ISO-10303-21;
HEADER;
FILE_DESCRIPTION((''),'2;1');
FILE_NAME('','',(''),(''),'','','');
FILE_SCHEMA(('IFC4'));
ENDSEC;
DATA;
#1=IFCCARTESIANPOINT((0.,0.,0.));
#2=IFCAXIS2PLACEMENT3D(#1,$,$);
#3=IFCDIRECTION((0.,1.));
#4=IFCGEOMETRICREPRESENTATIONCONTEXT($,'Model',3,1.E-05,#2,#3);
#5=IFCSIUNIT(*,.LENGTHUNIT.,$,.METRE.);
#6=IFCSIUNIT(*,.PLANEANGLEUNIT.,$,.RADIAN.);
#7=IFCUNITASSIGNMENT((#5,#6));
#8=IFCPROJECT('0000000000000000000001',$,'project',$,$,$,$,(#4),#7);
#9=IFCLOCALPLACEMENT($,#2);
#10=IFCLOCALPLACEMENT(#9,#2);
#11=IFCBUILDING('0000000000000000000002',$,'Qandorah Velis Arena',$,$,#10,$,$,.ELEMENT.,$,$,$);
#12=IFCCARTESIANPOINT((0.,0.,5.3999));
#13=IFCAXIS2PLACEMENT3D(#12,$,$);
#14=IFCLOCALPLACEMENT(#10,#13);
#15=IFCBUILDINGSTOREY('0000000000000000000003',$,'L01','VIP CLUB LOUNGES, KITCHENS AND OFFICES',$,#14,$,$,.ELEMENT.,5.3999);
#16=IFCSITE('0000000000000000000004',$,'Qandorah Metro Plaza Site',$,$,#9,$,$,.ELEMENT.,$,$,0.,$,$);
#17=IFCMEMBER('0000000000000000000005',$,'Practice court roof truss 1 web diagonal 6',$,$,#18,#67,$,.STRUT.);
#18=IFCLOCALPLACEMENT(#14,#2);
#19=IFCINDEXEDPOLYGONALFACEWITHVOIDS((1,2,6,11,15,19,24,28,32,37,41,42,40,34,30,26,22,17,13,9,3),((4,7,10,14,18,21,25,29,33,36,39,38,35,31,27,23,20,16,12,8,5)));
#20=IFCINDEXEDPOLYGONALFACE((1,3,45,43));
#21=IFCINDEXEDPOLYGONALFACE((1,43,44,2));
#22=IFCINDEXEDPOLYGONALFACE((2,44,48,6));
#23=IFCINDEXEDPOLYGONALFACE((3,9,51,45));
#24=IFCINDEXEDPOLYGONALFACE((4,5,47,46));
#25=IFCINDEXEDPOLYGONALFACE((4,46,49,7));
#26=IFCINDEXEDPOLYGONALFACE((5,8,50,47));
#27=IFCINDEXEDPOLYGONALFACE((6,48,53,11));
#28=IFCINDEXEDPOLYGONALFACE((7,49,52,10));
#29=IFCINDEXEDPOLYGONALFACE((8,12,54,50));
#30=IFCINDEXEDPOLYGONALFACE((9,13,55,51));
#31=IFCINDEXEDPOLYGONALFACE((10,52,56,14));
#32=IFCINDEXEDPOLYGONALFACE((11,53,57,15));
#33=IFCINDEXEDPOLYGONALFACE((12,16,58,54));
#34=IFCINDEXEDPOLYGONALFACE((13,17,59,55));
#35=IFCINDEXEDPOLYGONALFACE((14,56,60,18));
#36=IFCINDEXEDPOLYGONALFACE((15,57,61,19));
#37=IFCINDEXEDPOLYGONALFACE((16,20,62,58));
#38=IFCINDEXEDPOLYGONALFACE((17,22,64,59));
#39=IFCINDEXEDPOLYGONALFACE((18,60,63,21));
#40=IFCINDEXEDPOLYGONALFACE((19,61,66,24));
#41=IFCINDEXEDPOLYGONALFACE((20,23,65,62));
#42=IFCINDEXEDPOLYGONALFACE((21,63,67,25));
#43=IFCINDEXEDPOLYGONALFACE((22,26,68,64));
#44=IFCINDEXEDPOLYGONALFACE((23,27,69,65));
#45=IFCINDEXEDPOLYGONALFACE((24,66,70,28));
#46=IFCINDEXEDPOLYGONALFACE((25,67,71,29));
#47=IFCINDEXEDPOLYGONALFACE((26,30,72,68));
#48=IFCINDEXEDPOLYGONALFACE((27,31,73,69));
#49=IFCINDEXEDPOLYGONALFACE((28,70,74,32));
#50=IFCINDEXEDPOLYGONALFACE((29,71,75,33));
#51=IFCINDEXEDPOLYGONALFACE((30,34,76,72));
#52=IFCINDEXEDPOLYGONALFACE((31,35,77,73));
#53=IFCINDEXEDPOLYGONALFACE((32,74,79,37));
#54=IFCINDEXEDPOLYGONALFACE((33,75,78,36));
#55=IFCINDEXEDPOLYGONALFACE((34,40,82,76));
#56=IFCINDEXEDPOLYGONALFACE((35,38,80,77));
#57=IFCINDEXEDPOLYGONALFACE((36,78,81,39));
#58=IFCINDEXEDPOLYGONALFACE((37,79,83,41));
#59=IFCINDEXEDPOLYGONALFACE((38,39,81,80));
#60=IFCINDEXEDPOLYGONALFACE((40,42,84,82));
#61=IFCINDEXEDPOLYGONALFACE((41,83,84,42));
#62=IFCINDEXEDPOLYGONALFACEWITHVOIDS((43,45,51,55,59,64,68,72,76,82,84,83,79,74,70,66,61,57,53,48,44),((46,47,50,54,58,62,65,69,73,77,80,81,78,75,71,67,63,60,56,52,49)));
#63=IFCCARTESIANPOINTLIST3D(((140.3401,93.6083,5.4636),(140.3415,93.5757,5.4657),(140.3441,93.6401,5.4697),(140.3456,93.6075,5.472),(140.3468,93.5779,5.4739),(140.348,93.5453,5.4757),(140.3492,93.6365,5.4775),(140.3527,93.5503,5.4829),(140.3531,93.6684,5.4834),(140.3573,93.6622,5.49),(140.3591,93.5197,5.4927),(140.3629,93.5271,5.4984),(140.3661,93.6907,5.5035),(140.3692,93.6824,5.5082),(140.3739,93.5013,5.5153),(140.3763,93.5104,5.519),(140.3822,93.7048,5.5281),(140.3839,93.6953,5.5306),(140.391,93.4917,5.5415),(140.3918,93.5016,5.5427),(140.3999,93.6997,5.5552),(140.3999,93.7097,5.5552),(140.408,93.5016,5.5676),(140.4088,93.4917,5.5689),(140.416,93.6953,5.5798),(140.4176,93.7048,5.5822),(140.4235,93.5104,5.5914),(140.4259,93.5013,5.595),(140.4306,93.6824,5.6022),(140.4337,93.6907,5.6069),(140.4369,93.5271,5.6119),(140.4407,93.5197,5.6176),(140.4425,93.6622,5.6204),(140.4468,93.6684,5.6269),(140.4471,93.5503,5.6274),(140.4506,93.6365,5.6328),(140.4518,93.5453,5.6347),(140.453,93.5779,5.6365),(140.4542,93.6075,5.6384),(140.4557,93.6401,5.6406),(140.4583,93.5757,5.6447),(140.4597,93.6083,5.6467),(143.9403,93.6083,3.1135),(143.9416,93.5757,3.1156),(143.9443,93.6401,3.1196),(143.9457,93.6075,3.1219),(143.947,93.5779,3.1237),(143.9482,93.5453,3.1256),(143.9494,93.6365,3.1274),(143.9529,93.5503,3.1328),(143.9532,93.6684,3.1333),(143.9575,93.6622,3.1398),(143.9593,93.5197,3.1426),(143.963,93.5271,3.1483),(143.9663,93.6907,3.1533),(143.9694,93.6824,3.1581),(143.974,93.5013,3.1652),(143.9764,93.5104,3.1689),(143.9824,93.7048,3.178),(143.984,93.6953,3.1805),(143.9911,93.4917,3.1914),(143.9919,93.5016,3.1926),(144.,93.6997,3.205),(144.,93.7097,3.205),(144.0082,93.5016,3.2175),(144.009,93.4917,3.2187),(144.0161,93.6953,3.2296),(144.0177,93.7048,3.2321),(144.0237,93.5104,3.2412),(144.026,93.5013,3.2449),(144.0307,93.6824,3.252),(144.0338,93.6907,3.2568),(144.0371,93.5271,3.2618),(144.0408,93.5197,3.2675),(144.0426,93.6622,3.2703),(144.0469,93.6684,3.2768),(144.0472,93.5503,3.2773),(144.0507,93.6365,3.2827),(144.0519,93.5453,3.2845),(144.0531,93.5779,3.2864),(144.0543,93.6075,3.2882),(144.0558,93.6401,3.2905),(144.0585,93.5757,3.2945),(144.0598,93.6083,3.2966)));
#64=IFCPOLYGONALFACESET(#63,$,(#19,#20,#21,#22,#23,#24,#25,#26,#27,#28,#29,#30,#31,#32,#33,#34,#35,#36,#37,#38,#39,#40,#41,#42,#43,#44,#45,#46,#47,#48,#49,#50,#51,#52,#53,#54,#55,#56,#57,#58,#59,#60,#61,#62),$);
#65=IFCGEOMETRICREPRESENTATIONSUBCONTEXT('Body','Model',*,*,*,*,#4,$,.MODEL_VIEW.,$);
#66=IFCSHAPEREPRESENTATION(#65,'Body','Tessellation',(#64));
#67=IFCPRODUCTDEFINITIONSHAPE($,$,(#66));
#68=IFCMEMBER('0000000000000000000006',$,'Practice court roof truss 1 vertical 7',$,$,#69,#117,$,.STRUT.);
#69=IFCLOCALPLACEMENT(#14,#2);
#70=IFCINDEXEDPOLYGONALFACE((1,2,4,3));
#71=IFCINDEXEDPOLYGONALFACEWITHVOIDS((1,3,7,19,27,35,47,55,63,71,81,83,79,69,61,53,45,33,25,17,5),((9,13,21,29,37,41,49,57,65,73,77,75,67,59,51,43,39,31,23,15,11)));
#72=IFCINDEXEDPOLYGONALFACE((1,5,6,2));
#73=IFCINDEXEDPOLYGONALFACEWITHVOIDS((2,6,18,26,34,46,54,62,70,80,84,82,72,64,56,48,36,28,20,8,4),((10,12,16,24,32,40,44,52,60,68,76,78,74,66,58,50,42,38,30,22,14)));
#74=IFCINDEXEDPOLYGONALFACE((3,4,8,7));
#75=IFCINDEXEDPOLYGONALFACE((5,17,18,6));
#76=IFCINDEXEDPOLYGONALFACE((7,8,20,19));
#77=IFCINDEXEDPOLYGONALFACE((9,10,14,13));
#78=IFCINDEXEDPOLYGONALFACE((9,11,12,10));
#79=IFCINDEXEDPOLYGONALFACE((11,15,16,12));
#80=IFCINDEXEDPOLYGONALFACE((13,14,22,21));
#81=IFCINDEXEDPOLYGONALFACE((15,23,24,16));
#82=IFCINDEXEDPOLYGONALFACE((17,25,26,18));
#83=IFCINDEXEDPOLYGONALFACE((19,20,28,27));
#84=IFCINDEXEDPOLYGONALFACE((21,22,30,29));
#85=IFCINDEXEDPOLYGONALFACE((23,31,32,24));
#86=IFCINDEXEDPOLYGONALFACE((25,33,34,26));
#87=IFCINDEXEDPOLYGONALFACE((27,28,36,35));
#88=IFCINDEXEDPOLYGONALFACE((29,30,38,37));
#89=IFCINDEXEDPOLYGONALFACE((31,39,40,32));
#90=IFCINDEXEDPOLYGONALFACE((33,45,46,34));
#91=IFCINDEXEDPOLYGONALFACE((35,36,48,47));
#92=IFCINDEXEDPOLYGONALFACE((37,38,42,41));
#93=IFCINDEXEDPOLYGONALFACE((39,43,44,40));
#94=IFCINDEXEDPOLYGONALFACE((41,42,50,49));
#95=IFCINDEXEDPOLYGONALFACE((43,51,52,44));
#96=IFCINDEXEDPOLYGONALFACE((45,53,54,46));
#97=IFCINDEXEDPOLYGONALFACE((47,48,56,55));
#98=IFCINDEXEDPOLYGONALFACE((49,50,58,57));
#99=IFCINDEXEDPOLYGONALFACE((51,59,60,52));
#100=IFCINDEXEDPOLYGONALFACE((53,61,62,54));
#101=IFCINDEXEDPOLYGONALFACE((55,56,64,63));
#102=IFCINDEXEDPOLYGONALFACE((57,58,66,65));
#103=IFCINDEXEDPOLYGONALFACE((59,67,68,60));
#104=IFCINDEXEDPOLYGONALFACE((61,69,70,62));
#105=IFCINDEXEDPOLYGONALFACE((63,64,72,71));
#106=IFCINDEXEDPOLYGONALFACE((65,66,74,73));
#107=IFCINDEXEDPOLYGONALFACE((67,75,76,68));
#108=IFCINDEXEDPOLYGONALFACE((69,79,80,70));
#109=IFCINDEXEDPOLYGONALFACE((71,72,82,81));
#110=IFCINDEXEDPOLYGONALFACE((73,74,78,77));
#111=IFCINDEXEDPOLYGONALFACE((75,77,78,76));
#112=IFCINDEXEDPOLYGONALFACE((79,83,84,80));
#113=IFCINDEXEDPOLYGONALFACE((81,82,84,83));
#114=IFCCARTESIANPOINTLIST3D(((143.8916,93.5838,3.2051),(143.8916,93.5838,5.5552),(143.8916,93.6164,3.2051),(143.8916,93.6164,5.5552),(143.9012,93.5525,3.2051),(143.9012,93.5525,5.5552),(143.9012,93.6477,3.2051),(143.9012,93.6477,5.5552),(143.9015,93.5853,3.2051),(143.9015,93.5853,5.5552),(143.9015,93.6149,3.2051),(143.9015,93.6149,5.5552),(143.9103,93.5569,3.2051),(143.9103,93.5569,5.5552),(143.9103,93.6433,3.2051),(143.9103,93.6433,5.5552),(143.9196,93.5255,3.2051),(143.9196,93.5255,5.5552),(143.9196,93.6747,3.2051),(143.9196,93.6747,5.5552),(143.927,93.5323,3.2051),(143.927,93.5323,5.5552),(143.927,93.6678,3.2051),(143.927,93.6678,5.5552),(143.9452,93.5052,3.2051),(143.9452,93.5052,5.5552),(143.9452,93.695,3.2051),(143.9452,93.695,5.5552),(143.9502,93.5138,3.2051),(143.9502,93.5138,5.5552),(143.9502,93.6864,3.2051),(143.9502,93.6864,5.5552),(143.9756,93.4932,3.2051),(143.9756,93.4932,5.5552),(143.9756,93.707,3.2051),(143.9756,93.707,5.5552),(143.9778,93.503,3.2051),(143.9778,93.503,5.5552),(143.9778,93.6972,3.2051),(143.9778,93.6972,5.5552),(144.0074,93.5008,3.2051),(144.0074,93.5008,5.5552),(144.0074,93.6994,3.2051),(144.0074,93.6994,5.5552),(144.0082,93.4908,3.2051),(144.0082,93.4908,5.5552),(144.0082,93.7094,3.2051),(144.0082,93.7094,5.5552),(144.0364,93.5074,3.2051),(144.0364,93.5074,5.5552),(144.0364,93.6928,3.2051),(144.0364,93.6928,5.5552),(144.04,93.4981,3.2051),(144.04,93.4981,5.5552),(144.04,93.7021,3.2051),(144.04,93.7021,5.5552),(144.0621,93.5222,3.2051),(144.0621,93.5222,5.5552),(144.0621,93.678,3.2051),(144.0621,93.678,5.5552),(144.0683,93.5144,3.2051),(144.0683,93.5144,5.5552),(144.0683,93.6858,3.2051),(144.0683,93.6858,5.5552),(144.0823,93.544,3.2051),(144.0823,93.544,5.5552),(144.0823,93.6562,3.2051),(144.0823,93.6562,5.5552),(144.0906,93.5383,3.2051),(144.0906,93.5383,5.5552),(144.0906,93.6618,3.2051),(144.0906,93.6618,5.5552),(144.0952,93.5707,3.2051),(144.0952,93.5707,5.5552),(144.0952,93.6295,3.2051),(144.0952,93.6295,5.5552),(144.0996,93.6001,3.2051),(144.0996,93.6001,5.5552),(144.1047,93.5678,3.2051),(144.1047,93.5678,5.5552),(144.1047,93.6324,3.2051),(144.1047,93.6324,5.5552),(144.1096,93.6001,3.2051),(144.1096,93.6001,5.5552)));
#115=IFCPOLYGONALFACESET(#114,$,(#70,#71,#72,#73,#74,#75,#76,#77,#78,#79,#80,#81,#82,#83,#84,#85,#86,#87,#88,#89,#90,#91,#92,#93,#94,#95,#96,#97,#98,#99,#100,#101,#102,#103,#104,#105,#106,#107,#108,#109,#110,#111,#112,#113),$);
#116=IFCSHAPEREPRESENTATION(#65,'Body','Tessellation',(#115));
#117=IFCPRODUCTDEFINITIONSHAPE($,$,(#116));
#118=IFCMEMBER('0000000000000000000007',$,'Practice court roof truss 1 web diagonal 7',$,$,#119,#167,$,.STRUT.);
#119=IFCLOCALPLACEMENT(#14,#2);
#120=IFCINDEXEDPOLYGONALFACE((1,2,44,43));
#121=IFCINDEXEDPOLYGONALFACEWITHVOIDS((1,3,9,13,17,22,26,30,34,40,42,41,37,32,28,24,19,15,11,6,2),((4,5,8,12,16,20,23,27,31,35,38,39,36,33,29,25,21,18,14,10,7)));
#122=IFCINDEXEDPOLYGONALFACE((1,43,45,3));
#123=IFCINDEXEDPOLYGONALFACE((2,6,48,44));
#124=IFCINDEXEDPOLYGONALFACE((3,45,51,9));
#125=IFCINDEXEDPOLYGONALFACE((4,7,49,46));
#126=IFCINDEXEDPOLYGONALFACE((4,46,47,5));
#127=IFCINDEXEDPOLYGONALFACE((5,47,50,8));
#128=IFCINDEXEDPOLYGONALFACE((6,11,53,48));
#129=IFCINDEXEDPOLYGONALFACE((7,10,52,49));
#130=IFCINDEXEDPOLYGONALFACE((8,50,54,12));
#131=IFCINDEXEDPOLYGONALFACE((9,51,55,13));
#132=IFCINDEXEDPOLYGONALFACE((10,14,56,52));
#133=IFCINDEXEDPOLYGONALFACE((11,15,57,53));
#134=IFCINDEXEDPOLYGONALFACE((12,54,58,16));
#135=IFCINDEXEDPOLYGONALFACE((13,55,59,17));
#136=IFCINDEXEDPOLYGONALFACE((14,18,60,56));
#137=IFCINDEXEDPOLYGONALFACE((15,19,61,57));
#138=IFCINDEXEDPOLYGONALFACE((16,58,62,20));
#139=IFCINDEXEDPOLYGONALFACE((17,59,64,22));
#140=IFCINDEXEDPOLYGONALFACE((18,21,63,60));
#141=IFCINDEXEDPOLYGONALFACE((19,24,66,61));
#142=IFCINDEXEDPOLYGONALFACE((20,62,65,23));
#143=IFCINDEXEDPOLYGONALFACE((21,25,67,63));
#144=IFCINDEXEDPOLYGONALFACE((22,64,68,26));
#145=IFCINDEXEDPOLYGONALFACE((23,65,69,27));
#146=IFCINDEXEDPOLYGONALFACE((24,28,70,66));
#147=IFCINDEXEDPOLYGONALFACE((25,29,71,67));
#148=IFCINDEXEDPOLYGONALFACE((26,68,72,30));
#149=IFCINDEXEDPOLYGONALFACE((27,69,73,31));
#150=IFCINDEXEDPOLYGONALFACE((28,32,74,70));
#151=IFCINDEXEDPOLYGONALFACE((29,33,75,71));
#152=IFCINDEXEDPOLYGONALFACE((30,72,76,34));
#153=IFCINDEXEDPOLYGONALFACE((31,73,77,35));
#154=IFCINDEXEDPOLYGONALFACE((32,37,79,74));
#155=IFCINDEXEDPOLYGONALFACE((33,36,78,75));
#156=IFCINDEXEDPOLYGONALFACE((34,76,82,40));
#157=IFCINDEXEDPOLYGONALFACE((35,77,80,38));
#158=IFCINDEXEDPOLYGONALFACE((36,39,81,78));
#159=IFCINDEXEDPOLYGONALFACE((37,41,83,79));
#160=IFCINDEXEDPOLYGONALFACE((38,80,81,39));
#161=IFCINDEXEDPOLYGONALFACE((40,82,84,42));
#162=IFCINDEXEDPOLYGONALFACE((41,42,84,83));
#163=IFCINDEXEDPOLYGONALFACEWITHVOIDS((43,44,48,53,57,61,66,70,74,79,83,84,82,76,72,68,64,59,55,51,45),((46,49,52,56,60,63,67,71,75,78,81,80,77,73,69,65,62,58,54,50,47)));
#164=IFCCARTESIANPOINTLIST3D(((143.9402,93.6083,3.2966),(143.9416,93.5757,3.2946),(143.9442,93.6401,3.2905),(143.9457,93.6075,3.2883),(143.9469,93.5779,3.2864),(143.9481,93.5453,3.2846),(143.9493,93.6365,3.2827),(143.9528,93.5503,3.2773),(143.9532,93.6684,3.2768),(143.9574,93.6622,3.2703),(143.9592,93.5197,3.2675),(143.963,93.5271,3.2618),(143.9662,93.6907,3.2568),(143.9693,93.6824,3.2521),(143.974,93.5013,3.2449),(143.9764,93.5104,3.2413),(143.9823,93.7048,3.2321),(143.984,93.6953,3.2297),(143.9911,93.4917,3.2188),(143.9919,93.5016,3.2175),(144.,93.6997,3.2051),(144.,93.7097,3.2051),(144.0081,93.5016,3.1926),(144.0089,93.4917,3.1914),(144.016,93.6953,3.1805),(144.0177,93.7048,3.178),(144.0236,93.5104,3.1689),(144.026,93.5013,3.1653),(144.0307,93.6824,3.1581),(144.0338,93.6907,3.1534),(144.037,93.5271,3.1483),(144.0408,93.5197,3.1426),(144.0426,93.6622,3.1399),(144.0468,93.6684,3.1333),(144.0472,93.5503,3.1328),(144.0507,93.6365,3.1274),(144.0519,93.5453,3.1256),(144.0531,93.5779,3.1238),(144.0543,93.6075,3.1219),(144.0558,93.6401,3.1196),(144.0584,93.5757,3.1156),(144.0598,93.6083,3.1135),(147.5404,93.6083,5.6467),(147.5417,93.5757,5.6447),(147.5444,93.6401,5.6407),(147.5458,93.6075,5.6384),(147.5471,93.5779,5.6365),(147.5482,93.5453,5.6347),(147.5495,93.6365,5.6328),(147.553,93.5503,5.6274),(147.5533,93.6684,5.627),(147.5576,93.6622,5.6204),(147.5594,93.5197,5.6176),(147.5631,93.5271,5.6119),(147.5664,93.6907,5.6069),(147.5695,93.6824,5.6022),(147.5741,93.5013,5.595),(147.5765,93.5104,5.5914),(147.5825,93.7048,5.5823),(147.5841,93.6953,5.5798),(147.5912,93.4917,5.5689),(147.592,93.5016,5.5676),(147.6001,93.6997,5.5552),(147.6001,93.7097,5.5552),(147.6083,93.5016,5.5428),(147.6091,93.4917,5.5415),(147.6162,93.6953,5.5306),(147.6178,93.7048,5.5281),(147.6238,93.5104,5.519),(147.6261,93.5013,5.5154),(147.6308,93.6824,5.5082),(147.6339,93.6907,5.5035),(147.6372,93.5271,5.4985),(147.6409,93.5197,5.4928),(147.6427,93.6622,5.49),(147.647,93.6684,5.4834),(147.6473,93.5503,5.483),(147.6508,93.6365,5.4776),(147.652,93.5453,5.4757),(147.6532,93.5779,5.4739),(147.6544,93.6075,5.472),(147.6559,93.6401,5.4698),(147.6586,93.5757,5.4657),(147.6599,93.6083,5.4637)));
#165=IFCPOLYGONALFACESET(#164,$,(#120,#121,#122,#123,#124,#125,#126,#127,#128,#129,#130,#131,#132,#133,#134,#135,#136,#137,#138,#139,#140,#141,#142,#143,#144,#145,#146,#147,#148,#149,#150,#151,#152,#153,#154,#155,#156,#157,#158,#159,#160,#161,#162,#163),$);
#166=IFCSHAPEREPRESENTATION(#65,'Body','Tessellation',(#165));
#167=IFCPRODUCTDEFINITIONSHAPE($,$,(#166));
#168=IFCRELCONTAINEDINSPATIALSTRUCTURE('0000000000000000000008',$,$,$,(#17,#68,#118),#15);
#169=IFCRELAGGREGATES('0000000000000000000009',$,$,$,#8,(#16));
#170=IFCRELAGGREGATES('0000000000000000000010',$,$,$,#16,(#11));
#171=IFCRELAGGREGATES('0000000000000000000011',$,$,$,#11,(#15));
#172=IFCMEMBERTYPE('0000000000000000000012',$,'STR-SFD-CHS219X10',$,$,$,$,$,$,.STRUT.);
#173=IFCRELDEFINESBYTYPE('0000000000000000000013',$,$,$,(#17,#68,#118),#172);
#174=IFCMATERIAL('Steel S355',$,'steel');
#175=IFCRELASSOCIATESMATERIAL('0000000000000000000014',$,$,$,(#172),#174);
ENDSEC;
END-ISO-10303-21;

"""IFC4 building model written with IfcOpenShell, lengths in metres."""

from ifc_helpers import new_model, si_unit, direction, frame, origin, origin_2d, place, context, subcontext, project, spatial, hollow_circle, extrude, material, material_profile, profile_set, type_object, element, save


model = new_model("IFC4")

# Units and contexts
model_context = context("Model", 3, precision=1e-05, world=origin(), true_north=direction((0.0, 1.0)))
body_context = subcontext(model_context, "Body", "Model", "MODEL_VIEW")
ifc_project = project(units=[si_unit("LENGTHUNIT", "METRE"), si_unit("PLANEANGLEUNIT", "RADIAN")], contexts=[model_context])

# Site, building, storey
site_placement = place(None, origin())
site = spatial("IfcSite", under=ifc_project, at=site_placement, Name="Qandorah Metro Plaza Site", CompositionType="ELEMENT", RefElevation=0.0)
building_placement = place(site_placement, origin())
building = spatial("IfcBuilding", under=site, at=building_placement, Name="Qandorah Velis Arena", CompositionType="ELEMENT")
storey_placement = place(building_placement, frame((0.0, 0.0, 5.3999)))
storey = spatial("IfcBuildingStorey", under=building, at=storey_placement, Name="L01", Description="VIP CLUB LOUNGES, KITCHENS AND OFFICES", CompositionType="ELEMENT", Elevation=5.3999)

# Shared definitions
ifc_material_1 = material(Name="Steel S355", Category="steel")

# Members
ifc_material_profile_1 = material_profile(ifc_material_1, hollow_circle(Radius=0.1096, WallThickness=0.01, at=origin_2d()), Name="CHS 219.1x10")
ifc_profile_set_1 = profile_set([ifc_material_profile_1], Name="Steel S355")
member_type = type_object("IfcMemberType", Name="STR-SFD-CHS219X10", PredefinedType="STRUT", material=ifc_profile_set_1)
member_1_placement = place(storey_placement, frame((140.3999, 93.6001, 5.5552), z_axis=(0.837376, 0.0, -0.546628), x_axis=(0.0, 1.0, 0.0)))
element("IfcMember", 1, at=member_1_placement, inside=storey, type_object=member_type, Name="Practice court roof truss 1 web diagonal 6", PredefinedType="STRUT", context=body_context, shape_type="SweptSolid", body=[
    extrude(hollow_circle(Radius=0.1096, WallThickness=0.01, at=origin_2d()), origin(), (0.0, 0.0, 1.0), 4.2993),
])
member_2_placement = place(storey_placement, frame((144.0, 93.6001, 3.2051), z_axis=(0.0, 0.0, 1.0), x_axis=(1.0, 0.0, 0.0)))
element("IfcMember", 2, at=member_2_placement, inside=storey, type_object=member_type, Name="Practice court roof truss 1 vertical 7", PredefinedType="STRUT", context=body_context, shape_type="SweptSolid", body=[
    extrude(hollow_circle(Radius=0.1096, WallThickness=0.01, at=origin_2d()), origin(), (0.0, 0.0, 1.0), 2.3501),
])
member_3_placement = place(storey_placement, frame((144.0, 93.6001, 3.2051), z_axis=(0.837376, 0.0, 0.546628), x_axis=(0.0, 1.0, 0.0)))
element("IfcMember", 3, at=member_3_placement, inside=storey, type_object=member_type, Name="Practice court roof truss 1 web diagonal 7", PredefinedType="STRUT", context=body_context, shape_type="SweptSolid", body=[
    extrude(hollow_circle(Radius=0.1096, WallThickness=0.01, at=origin_2d()), origin(), (0.0, 0.0, 1.0), 4.2993),
])

save(model, "model.ifc")
